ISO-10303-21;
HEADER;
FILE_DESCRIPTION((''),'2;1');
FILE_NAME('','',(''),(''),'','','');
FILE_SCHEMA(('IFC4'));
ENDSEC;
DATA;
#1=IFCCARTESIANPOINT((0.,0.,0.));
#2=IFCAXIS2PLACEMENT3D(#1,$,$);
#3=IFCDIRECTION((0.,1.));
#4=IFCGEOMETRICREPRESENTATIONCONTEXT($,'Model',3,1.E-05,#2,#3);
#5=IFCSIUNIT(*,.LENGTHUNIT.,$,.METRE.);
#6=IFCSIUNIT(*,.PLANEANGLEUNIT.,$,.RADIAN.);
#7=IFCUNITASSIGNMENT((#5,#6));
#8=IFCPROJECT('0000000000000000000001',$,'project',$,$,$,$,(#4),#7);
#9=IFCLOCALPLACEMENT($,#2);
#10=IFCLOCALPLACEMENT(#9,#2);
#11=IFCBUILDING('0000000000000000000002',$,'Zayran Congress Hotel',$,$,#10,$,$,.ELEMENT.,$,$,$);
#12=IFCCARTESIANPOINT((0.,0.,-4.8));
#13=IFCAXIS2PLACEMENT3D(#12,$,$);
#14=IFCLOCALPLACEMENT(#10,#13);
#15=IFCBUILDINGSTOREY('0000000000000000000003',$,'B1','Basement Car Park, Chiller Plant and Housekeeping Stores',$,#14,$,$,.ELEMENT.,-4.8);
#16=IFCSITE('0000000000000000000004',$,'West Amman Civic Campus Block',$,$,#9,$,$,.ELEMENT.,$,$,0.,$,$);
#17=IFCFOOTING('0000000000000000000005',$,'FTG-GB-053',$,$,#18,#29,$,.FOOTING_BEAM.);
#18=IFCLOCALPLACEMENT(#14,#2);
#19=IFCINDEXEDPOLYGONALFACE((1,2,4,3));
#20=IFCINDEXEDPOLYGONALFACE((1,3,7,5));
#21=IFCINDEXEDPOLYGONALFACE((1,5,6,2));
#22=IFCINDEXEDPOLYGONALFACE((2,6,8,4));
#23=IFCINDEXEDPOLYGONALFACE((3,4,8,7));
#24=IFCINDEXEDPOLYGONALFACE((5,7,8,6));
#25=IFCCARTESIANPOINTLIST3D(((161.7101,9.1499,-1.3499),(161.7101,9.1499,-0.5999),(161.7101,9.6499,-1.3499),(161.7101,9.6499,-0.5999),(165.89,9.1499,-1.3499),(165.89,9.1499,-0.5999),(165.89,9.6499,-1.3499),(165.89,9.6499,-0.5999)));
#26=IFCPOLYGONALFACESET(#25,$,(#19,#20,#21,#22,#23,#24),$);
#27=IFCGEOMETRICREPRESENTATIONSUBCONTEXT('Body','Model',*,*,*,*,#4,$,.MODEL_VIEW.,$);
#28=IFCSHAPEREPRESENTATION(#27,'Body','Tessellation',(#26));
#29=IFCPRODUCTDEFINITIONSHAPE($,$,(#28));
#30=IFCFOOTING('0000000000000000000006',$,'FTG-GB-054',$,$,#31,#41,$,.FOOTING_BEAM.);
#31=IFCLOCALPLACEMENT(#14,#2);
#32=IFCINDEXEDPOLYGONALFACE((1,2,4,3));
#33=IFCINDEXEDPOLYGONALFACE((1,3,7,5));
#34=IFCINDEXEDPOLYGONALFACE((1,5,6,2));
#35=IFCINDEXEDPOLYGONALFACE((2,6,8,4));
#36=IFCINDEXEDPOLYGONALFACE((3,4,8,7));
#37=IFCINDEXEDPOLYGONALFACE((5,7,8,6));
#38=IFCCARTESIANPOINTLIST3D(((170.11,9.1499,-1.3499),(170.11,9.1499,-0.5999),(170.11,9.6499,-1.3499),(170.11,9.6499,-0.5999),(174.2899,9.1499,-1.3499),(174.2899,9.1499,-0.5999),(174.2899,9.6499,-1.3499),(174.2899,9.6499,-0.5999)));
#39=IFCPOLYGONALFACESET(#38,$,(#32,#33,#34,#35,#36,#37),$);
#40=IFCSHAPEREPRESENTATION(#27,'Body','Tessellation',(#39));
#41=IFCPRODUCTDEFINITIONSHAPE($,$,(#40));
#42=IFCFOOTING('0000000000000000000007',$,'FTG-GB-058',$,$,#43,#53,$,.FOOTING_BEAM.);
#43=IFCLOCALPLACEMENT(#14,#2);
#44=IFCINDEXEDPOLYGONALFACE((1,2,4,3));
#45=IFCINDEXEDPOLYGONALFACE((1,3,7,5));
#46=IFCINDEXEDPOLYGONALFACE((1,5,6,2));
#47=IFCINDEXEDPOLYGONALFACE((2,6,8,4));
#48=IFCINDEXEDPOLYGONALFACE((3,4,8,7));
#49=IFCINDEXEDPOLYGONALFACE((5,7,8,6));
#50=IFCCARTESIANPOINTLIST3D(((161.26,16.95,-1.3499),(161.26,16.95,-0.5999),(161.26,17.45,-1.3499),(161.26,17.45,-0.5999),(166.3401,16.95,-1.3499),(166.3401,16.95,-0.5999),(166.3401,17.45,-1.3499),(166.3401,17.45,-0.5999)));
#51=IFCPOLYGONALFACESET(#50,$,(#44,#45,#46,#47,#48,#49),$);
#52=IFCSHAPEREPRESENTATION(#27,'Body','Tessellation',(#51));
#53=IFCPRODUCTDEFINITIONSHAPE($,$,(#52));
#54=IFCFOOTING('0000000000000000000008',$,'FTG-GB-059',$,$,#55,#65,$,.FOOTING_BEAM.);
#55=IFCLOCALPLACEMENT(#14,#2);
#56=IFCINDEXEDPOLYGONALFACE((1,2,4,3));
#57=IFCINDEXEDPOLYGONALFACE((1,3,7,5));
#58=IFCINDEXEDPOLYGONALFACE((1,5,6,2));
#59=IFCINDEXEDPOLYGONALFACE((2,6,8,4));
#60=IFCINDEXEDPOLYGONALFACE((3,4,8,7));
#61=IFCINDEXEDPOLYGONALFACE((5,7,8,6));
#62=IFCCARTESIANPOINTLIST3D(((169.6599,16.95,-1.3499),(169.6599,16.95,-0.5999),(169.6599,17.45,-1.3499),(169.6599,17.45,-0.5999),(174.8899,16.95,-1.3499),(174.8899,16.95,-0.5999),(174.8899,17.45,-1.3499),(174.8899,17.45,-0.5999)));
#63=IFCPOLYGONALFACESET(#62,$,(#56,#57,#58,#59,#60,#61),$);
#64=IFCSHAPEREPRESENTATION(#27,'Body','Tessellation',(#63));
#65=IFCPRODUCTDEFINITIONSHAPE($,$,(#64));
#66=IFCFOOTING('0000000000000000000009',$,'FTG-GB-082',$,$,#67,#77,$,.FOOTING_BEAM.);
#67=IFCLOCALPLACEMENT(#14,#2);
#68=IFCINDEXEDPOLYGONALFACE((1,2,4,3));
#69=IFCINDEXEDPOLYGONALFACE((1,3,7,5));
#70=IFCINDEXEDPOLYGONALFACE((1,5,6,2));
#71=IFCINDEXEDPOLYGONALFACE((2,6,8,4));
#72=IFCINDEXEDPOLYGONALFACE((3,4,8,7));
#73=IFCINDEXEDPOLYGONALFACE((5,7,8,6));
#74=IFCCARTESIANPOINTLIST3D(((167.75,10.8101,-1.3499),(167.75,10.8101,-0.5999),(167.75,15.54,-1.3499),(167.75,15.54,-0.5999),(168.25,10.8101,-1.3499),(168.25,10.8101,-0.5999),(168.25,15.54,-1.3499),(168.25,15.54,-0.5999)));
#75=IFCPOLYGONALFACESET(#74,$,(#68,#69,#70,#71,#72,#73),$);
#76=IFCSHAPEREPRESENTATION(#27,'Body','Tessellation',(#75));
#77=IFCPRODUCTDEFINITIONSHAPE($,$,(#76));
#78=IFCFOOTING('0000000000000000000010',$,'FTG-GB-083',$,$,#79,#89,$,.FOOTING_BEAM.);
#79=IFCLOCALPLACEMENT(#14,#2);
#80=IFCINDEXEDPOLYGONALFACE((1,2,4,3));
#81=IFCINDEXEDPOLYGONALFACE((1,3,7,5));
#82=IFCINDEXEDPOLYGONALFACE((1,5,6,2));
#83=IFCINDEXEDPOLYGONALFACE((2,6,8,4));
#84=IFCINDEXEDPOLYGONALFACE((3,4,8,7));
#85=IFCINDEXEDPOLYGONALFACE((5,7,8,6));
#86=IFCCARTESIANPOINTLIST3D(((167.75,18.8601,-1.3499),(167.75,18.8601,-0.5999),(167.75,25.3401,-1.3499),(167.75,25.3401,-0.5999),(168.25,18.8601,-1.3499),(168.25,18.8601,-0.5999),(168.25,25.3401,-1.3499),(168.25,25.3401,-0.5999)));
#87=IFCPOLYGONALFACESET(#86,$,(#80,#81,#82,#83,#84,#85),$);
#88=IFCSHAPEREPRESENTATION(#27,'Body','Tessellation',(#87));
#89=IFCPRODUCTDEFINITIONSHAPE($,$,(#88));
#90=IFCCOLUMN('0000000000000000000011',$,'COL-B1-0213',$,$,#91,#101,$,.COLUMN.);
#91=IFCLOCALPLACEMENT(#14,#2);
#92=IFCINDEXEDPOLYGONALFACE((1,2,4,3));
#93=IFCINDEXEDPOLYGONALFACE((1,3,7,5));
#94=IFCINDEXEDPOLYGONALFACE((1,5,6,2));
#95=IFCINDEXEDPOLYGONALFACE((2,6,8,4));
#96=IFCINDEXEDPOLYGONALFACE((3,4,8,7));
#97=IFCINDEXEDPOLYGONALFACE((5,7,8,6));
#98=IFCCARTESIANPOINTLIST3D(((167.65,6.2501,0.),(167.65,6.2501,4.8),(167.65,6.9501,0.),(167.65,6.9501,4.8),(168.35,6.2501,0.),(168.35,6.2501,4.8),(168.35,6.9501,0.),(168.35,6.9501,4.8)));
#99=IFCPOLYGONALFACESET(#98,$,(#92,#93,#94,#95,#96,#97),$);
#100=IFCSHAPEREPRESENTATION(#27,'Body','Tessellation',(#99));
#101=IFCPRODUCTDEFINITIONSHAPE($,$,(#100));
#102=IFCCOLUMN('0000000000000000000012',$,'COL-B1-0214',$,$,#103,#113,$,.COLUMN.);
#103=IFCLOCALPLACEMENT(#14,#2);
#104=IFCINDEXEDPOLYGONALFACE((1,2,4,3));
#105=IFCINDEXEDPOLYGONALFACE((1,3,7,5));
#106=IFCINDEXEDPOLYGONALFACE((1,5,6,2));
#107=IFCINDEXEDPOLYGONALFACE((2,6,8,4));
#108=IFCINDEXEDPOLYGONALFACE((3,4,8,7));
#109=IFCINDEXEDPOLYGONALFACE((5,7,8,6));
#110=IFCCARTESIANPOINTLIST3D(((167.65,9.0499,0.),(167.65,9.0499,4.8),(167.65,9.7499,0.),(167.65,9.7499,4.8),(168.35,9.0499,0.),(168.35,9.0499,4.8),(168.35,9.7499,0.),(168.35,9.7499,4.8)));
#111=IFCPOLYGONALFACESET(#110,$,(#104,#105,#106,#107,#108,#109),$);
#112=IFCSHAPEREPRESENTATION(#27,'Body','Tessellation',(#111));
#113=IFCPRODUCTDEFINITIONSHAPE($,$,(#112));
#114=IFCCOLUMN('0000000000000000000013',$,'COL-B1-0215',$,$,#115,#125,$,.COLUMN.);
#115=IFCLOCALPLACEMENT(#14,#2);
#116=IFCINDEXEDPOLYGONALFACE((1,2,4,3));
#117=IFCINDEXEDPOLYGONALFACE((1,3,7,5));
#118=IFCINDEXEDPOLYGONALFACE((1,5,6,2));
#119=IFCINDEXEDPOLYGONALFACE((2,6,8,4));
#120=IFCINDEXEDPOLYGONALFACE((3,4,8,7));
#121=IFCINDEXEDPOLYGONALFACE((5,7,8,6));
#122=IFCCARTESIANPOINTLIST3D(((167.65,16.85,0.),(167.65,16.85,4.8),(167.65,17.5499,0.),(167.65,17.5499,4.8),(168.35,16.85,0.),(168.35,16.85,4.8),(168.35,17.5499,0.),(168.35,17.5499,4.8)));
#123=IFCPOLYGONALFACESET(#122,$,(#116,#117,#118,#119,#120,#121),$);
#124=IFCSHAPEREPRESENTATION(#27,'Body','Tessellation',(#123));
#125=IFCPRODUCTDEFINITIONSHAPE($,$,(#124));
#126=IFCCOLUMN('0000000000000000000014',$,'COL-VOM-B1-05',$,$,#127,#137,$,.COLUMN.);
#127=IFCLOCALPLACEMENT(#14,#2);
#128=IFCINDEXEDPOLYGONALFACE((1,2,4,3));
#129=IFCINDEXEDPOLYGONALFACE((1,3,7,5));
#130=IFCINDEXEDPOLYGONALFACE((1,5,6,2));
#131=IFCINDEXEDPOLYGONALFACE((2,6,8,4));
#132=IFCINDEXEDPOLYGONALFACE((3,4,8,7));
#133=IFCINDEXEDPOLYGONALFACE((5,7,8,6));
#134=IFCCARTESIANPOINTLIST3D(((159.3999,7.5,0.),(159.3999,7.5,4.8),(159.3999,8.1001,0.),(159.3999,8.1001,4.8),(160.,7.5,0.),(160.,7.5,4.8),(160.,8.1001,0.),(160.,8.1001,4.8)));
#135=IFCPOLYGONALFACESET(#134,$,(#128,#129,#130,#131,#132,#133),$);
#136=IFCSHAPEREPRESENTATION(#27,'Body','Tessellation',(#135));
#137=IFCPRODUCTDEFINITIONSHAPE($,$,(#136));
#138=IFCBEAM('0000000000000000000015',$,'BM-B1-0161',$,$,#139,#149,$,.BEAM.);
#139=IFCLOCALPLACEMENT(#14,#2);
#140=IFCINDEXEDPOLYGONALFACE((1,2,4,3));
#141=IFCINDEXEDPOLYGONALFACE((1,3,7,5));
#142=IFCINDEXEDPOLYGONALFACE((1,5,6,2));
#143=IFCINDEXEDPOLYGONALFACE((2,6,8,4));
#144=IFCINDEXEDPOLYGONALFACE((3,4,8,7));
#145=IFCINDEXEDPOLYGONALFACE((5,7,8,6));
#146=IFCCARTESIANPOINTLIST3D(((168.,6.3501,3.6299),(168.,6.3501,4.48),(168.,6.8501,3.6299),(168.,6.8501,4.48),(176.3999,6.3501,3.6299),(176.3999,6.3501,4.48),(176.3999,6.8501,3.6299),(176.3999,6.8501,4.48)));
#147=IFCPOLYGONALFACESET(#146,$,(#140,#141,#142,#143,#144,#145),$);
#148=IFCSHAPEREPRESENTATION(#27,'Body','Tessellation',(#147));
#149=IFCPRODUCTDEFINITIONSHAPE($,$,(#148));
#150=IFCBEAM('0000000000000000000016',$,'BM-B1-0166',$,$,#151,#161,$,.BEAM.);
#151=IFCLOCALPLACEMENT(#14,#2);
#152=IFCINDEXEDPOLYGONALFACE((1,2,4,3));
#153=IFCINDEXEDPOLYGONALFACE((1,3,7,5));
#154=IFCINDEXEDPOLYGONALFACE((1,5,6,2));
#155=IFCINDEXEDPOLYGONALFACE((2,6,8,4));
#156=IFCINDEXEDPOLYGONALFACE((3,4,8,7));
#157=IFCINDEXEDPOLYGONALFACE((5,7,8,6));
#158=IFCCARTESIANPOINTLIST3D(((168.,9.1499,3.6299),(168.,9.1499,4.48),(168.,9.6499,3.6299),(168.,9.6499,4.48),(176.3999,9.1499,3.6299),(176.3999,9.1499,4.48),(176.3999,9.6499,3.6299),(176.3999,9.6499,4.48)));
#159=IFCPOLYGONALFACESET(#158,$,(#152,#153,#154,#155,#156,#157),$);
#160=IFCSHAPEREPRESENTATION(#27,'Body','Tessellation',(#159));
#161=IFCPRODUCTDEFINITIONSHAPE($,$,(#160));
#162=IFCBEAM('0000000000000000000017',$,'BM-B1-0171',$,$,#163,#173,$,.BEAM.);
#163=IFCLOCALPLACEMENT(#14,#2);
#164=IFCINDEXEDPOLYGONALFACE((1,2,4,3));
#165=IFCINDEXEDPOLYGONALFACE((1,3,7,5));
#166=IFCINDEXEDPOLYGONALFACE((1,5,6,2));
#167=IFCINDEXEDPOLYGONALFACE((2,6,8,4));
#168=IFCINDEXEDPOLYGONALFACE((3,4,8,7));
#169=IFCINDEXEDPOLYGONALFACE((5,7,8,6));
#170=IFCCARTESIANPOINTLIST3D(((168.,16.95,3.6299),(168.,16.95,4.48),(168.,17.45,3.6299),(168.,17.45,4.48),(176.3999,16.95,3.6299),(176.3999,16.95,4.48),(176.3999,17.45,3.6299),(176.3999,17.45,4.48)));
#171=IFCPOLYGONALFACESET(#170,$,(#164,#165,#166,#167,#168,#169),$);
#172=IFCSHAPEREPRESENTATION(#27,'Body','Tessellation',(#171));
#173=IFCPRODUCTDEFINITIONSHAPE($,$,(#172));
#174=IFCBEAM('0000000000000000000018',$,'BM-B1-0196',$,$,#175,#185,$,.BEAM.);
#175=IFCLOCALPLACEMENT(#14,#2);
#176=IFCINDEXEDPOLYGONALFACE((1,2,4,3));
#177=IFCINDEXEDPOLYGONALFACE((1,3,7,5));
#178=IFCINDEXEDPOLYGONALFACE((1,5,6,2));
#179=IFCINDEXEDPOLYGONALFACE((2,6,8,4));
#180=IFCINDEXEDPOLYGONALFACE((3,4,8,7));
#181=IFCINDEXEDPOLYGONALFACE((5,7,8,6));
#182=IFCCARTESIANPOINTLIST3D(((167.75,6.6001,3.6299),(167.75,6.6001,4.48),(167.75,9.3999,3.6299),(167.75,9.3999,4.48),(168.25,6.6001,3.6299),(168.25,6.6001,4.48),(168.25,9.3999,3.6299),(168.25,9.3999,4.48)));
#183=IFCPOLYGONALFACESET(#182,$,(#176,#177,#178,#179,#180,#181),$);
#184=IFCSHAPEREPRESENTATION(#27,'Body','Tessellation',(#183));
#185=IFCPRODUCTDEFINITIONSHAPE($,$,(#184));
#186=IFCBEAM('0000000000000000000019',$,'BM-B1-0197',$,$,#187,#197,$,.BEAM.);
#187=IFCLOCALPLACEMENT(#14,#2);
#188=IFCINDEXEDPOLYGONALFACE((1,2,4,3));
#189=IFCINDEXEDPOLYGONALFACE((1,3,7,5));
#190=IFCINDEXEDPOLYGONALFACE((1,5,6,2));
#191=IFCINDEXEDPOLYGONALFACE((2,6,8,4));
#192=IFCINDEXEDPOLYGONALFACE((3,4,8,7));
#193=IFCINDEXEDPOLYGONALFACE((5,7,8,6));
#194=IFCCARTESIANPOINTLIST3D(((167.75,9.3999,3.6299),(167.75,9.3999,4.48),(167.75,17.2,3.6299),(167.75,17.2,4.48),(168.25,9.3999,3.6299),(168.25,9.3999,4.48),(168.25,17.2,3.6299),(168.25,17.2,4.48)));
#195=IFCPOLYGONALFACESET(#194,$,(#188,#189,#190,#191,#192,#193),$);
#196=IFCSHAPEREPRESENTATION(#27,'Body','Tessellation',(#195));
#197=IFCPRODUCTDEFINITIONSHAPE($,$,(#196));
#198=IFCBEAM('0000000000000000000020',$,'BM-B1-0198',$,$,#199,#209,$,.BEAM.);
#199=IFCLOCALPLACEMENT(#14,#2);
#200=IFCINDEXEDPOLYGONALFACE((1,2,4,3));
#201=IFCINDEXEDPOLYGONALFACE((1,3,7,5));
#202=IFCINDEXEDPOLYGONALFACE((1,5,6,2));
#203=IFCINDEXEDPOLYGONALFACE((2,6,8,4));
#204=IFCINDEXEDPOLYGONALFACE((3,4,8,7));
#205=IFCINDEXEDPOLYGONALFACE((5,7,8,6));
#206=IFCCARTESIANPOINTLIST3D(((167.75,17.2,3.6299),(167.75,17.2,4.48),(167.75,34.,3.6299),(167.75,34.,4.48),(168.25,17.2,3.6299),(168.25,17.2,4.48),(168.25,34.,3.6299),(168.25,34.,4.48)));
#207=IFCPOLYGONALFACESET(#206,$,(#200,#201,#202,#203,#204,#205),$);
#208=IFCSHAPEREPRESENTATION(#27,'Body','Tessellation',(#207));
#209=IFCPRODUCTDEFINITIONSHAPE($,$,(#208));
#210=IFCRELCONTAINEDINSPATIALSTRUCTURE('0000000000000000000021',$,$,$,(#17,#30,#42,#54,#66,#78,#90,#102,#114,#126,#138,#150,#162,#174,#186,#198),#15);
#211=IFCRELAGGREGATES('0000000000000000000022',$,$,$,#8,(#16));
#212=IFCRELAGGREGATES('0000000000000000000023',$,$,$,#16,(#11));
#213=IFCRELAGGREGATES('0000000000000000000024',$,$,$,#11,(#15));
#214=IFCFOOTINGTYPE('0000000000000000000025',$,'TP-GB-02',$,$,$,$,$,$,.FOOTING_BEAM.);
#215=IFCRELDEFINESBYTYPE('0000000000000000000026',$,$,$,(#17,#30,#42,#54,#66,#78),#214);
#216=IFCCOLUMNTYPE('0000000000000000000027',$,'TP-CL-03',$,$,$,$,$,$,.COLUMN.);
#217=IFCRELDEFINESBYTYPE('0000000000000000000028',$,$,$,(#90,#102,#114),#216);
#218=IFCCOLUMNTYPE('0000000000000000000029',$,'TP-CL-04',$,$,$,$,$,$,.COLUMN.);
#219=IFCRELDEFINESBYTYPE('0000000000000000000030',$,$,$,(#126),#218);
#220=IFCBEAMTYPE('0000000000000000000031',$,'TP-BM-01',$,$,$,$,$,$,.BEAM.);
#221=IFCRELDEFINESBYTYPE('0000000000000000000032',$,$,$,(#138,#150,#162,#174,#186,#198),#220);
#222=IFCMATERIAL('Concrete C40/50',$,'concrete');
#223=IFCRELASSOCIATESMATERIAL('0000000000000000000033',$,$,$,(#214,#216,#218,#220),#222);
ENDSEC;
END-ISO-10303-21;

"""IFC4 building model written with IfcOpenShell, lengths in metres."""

from ifc_helpers import new_model, si_unit, direction, frame, origin, origin_2d, place, context, subcontext, project, spatial, rectangle, extrude, material, material_profile, profile_set, type_object, element, save


model = new_model("IFC4")

# Units and contexts
model_context = context("Model", 3, precision=1e-05, world=origin(), true_north=direction((0.0, 1.0)))
body_context = subcontext(model_context, "Body", "Model", "MODEL_VIEW")
ifc_project = project(units=[si_unit("LENGTHUNIT", "METRE"), si_unit("PLANEANGLEUNIT", "RADIAN")], contexts=[model_context])

# Site, building, storey
site_placement = place(None, origin())
site = spatial("IfcSite", under=ifc_project, at=site_placement, Name="West Amman Civic Campus Block", CompositionType="ELEMENT", RefElevation=0.0)
building_placement = place(site_placement, origin())
building = spatial("IfcBuilding", under=site, at=building_placement, Name="Zayran Congress Hotel", CompositionType="ELEMENT")
storey_placement = place(building_placement, frame((0.0, 0.0, -4.8)))
storey = spatial("IfcBuildingStorey", under=building, at=storey_placement, Name="B1", Description="Basement Car Park, Chiller Plant and Housekeeping Stores", CompositionType="ELEMENT", Elevation=-4.8)

# Shared definitions
ifc_material_1 = material(Name="Concrete C40/50", Category="concrete")

# Footings
footing_type_1 = type_object("IfcFootingType", Name="TP-GB-02", PredefinedType="FOOTING_BEAM", material=ifc_material_1)
for number, where, z_axis, x_axis, name in (
    (1, (163.8, 9.3999, -1.3499), (0.0, 0.0, 1.0), (1.0, 0.0, 0.0), "FTG-GB-053"),
    (2, (172.2, 9.3999, -1.3499), (0.0, 0.0, 1.0), (1.0, 0.0, 0.0), "FTG-GB-054"),
):
    element("IfcFooting", number, at=place(storey_placement, frame(where, z_axis=z_axis, x_axis=x_axis)), inside=storey, type_object=footing_type_1, Name=name, PredefinedType="FOOTING_BEAM", context=body_context, shape_type="SweptSolid", body=[
        extrude(rectangle(XDim=4.1799, YDim=0.5, at=origin_2d()), origin(), (0.0, 0.0, 1.0), 0.75),
    ])
footing_1_placement = place(storey_placement, frame((163.8, 17.2, -1.3499), z_axis=(0.0, 0.0, 1.0), x_axis=(1.0, 0.0, 0.0)))
element("IfcFooting", 3, at=footing_1_placement, inside=storey, type_object=footing_type_1, Name="FTG-GB-058", PredefinedType="FOOTING_BEAM", context=body_context, shape_type="SweptSolid", body=[
    extrude(rectangle(XDim=5.0801, YDim=0.5, at=origin_2d()), origin(), (0.0, 0.0, 1.0), 0.75),
])
footing_2_placement = place(storey_placement, frame((172.2749, 17.2, -1.3499), z_axis=(0.0, 0.0, 1.0), x_axis=(1.0, 0.0, 0.0)))
element("IfcFooting", 4, at=footing_2_placement, inside=storey, type_object=footing_type_1, Name="FTG-GB-059", PredefinedType="FOOTING_BEAM", context=body_context, shape_type="SweptSolid", body=[
    extrude(rectangle(XDim=5.23, YDim=0.5, at=origin_2d()), origin(), (0.0, 0.0, 1.0), 0.75),
])
footing_3_placement = place(storey_placement, frame((168.0, 13.175, -1.3499), z_axis=(0.0, 0.0, 1.0), x_axis=(0.0, 1.0, 0.0)))
element("IfcFooting", 5, at=footing_3_placement, inside=storey, type_object=footing_type_1, Name="FTG-GB-082", PredefinedType="FOOTING_BEAM", context=body_context, shape_type="SweptSolid", body=[
    extrude(rectangle(XDim=4.73, YDim=0.5, at=origin_2d()), origin(), (0.0, 0.0, 1.0), 0.75),
])
footing_4_placement = place(storey_placement, frame((168.0, 22.1001, -1.3499), z_axis=(0.0, 0.0, 1.0), x_axis=(0.0, 1.0, 0.0)))
element("IfcFooting", 6, at=footing_4_placement, inside=storey, type_object=footing_type_1, Name="FTG-GB-083", PredefinedType="FOOTING_BEAM", context=body_context, shape_type="SweptSolid", body=[
    extrude(rectangle(XDim=6.48, YDim=0.5, at=origin_2d()), origin(), (0.0, 0.0, 1.0), 0.75),
])

# Columns
ifc_material_profile_1 = material_profile(ifc_material_1, rectangle(XDim=0.7, YDim=0.7, at=origin_2d()), Name="RC 700x700")
ifc_profile_set_1 = profile_set([ifc_material_profile_1], Name="Concrete C40/50")
column_type_1 = type_object("IfcColumnType", Name="TP-CL-03", PredefinedType="COLUMN", material=ifc_profile_set_1)
for number, where, z_axis, x_axis, name in (
    (7, (168.0, 6.6001, 0.0), (0.0, 0.0, 1.0), (1.0, 0.0, 0.0), "COL-B1-0213"),
    (8, (168.0, 9.3999, 0.0), (0.0, 0.0, 1.0), (1.0, 0.0, 0.0), "COL-B1-0214"),
    (9, (168.0, 17.2, 0.0), (0.0, 0.0, 1.0), (1.0, 0.0, 0.0), "COL-B1-0215"),
):
    element("IfcColumn", number, at=place(storey_placement, frame(where, z_axis=z_axis, x_axis=x_axis)), inside=storey, type_object=column_type_1, Name=name, PredefinedType="COLUMN", context=body_context, shape_type="SweptSolid", body=[
        extrude(rectangle(XDim=0.7, YDim=0.7, at=origin_2d()), origin(), (0.0, 0.0, 1.0), 4.8),
    ])
ifc_material_profile_2 = material_profile(ifc_material_1, rectangle(XDim=0.6001, YDim=0.6001, at=origin_2d()), Name="RC 600x600")
ifc_profile_set_2 = profile_set([ifc_material_profile_2], Name="Concrete C40/50")
column_type_2 = type_object("IfcColumnType", Name="TP-CL-04", PredefinedType="COLUMN", material=ifc_profile_set_2)
column_placement = place(storey_placement, frame((159.7, 7.8, 0.0), z_axis=(0.0, 0.0, 1.0), x_axis=(1.0, 0.0, 0.0)))
element("IfcColumn", 10, at=column_placement, inside=storey, type_object=column_type_2, Name="COL-VOM-B1-05", PredefinedType="COLUMN", context=body_context, shape_type="SweptSolid", body=[
    extrude(rectangle(XDim=0.6001, YDim=0.6001, at=origin_2d()), origin(), (0.0, 0.0, 1.0), 4.8),
])

# Beams
ifc_material_profile_3 = material_profile(ifc_material_1, rectangle(XDim=0.5, YDim=0.8501, at=origin_2d()), Name="RC 500x850")
ifc_profile_set_3 = profile_set([ifc_material_profile_3], Name="Concrete C40/50")
beam_type = type_object("IfcBeamType", Name="TP-BM-01", PredefinedType="BEAM", material=ifc_profile_set_3)
for number, where, z_axis, x_axis, name in (
    (11, (168.0, 6.6001, 4.0549), (1.0, 0.0, 0.0), (0.0, 1.0, 0.0), "BM-B1-0161"),
    (12, (168.0, 9.3999, 4.0549), (1.0, 0.0, 0.0), (0.0, 1.0, 0.0), "BM-B1-0166"),
    (13, (168.0, 17.2, 4.0549), (1.0, 0.0, 0.0), (0.0, 1.0, 0.0), "BM-B1-0171"),
):
    element("IfcBeam", number, at=place(storey_placement, frame(where, z_axis=z_axis, x_axis=x_axis)), inside=storey, type_object=beam_type, Name=name, PredefinedType="BEAM", context=body_context, shape_type="SweptSolid", body=[
        extrude(rectangle(XDim=0.5, YDim=0.8501, at=origin_2d()), origin(), (0.0, 0.0, 1.0), 8.3999),
    ])
beam_1_placement = place(storey_placement, frame((168.0, 6.6001, 4.0549), z_axis=(0.0, 1.0, 0.0), x_axis=(-1.0, 0.0, 0.0)))
element("IfcBeam", 14, at=beam_1_placement, inside=storey, type_object=beam_type, Name="BM-B1-0196", PredefinedType="BEAM", context=body_context, shape_type="SweptSolid", body=[
    extrude(rectangle(XDim=0.5, YDim=0.8501, at=origin_2d()), origin(), (0.0, 0.0, 1.0), 2.7998),
])
beam_2_placement = place(storey_placement, frame((168.0, 9.3999, 4.0549), z_axis=(0.0, 1.0, 0.0), x_axis=(-1.0, 0.0, 0.0)))
element("IfcBeam", 15, at=beam_2_placement, inside=storey, type_object=beam_type, Name="BM-B1-0197", PredefinedType="BEAM", context=body_context, shape_type="SweptSolid", body=[
    extrude(rectangle(XDim=0.5, YDim=0.8501, at=origin_2d()), origin(), (0.0, 0.0, 1.0), 7.8),
])
beam_3_placement = place(storey_placement, frame((168.0, 17.2, 4.0549), z_axis=(0.0, 1.0, 0.0), x_axis=(-1.0, 0.0, 0.0)))
element("IfcBeam", 16, at=beam_3_placement, inside=storey, type_object=beam_type, Name="BM-B1-0198", PredefinedType="BEAM", context=body_context, shape_type="SweptSolid", body=[
    extrude(rectangle(XDim=0.5, YDim=0.8501, at=origin_2d()), origin(), (0.0, 0.0, 1.0), 16.8),
])

save(model, "model.ifc")
